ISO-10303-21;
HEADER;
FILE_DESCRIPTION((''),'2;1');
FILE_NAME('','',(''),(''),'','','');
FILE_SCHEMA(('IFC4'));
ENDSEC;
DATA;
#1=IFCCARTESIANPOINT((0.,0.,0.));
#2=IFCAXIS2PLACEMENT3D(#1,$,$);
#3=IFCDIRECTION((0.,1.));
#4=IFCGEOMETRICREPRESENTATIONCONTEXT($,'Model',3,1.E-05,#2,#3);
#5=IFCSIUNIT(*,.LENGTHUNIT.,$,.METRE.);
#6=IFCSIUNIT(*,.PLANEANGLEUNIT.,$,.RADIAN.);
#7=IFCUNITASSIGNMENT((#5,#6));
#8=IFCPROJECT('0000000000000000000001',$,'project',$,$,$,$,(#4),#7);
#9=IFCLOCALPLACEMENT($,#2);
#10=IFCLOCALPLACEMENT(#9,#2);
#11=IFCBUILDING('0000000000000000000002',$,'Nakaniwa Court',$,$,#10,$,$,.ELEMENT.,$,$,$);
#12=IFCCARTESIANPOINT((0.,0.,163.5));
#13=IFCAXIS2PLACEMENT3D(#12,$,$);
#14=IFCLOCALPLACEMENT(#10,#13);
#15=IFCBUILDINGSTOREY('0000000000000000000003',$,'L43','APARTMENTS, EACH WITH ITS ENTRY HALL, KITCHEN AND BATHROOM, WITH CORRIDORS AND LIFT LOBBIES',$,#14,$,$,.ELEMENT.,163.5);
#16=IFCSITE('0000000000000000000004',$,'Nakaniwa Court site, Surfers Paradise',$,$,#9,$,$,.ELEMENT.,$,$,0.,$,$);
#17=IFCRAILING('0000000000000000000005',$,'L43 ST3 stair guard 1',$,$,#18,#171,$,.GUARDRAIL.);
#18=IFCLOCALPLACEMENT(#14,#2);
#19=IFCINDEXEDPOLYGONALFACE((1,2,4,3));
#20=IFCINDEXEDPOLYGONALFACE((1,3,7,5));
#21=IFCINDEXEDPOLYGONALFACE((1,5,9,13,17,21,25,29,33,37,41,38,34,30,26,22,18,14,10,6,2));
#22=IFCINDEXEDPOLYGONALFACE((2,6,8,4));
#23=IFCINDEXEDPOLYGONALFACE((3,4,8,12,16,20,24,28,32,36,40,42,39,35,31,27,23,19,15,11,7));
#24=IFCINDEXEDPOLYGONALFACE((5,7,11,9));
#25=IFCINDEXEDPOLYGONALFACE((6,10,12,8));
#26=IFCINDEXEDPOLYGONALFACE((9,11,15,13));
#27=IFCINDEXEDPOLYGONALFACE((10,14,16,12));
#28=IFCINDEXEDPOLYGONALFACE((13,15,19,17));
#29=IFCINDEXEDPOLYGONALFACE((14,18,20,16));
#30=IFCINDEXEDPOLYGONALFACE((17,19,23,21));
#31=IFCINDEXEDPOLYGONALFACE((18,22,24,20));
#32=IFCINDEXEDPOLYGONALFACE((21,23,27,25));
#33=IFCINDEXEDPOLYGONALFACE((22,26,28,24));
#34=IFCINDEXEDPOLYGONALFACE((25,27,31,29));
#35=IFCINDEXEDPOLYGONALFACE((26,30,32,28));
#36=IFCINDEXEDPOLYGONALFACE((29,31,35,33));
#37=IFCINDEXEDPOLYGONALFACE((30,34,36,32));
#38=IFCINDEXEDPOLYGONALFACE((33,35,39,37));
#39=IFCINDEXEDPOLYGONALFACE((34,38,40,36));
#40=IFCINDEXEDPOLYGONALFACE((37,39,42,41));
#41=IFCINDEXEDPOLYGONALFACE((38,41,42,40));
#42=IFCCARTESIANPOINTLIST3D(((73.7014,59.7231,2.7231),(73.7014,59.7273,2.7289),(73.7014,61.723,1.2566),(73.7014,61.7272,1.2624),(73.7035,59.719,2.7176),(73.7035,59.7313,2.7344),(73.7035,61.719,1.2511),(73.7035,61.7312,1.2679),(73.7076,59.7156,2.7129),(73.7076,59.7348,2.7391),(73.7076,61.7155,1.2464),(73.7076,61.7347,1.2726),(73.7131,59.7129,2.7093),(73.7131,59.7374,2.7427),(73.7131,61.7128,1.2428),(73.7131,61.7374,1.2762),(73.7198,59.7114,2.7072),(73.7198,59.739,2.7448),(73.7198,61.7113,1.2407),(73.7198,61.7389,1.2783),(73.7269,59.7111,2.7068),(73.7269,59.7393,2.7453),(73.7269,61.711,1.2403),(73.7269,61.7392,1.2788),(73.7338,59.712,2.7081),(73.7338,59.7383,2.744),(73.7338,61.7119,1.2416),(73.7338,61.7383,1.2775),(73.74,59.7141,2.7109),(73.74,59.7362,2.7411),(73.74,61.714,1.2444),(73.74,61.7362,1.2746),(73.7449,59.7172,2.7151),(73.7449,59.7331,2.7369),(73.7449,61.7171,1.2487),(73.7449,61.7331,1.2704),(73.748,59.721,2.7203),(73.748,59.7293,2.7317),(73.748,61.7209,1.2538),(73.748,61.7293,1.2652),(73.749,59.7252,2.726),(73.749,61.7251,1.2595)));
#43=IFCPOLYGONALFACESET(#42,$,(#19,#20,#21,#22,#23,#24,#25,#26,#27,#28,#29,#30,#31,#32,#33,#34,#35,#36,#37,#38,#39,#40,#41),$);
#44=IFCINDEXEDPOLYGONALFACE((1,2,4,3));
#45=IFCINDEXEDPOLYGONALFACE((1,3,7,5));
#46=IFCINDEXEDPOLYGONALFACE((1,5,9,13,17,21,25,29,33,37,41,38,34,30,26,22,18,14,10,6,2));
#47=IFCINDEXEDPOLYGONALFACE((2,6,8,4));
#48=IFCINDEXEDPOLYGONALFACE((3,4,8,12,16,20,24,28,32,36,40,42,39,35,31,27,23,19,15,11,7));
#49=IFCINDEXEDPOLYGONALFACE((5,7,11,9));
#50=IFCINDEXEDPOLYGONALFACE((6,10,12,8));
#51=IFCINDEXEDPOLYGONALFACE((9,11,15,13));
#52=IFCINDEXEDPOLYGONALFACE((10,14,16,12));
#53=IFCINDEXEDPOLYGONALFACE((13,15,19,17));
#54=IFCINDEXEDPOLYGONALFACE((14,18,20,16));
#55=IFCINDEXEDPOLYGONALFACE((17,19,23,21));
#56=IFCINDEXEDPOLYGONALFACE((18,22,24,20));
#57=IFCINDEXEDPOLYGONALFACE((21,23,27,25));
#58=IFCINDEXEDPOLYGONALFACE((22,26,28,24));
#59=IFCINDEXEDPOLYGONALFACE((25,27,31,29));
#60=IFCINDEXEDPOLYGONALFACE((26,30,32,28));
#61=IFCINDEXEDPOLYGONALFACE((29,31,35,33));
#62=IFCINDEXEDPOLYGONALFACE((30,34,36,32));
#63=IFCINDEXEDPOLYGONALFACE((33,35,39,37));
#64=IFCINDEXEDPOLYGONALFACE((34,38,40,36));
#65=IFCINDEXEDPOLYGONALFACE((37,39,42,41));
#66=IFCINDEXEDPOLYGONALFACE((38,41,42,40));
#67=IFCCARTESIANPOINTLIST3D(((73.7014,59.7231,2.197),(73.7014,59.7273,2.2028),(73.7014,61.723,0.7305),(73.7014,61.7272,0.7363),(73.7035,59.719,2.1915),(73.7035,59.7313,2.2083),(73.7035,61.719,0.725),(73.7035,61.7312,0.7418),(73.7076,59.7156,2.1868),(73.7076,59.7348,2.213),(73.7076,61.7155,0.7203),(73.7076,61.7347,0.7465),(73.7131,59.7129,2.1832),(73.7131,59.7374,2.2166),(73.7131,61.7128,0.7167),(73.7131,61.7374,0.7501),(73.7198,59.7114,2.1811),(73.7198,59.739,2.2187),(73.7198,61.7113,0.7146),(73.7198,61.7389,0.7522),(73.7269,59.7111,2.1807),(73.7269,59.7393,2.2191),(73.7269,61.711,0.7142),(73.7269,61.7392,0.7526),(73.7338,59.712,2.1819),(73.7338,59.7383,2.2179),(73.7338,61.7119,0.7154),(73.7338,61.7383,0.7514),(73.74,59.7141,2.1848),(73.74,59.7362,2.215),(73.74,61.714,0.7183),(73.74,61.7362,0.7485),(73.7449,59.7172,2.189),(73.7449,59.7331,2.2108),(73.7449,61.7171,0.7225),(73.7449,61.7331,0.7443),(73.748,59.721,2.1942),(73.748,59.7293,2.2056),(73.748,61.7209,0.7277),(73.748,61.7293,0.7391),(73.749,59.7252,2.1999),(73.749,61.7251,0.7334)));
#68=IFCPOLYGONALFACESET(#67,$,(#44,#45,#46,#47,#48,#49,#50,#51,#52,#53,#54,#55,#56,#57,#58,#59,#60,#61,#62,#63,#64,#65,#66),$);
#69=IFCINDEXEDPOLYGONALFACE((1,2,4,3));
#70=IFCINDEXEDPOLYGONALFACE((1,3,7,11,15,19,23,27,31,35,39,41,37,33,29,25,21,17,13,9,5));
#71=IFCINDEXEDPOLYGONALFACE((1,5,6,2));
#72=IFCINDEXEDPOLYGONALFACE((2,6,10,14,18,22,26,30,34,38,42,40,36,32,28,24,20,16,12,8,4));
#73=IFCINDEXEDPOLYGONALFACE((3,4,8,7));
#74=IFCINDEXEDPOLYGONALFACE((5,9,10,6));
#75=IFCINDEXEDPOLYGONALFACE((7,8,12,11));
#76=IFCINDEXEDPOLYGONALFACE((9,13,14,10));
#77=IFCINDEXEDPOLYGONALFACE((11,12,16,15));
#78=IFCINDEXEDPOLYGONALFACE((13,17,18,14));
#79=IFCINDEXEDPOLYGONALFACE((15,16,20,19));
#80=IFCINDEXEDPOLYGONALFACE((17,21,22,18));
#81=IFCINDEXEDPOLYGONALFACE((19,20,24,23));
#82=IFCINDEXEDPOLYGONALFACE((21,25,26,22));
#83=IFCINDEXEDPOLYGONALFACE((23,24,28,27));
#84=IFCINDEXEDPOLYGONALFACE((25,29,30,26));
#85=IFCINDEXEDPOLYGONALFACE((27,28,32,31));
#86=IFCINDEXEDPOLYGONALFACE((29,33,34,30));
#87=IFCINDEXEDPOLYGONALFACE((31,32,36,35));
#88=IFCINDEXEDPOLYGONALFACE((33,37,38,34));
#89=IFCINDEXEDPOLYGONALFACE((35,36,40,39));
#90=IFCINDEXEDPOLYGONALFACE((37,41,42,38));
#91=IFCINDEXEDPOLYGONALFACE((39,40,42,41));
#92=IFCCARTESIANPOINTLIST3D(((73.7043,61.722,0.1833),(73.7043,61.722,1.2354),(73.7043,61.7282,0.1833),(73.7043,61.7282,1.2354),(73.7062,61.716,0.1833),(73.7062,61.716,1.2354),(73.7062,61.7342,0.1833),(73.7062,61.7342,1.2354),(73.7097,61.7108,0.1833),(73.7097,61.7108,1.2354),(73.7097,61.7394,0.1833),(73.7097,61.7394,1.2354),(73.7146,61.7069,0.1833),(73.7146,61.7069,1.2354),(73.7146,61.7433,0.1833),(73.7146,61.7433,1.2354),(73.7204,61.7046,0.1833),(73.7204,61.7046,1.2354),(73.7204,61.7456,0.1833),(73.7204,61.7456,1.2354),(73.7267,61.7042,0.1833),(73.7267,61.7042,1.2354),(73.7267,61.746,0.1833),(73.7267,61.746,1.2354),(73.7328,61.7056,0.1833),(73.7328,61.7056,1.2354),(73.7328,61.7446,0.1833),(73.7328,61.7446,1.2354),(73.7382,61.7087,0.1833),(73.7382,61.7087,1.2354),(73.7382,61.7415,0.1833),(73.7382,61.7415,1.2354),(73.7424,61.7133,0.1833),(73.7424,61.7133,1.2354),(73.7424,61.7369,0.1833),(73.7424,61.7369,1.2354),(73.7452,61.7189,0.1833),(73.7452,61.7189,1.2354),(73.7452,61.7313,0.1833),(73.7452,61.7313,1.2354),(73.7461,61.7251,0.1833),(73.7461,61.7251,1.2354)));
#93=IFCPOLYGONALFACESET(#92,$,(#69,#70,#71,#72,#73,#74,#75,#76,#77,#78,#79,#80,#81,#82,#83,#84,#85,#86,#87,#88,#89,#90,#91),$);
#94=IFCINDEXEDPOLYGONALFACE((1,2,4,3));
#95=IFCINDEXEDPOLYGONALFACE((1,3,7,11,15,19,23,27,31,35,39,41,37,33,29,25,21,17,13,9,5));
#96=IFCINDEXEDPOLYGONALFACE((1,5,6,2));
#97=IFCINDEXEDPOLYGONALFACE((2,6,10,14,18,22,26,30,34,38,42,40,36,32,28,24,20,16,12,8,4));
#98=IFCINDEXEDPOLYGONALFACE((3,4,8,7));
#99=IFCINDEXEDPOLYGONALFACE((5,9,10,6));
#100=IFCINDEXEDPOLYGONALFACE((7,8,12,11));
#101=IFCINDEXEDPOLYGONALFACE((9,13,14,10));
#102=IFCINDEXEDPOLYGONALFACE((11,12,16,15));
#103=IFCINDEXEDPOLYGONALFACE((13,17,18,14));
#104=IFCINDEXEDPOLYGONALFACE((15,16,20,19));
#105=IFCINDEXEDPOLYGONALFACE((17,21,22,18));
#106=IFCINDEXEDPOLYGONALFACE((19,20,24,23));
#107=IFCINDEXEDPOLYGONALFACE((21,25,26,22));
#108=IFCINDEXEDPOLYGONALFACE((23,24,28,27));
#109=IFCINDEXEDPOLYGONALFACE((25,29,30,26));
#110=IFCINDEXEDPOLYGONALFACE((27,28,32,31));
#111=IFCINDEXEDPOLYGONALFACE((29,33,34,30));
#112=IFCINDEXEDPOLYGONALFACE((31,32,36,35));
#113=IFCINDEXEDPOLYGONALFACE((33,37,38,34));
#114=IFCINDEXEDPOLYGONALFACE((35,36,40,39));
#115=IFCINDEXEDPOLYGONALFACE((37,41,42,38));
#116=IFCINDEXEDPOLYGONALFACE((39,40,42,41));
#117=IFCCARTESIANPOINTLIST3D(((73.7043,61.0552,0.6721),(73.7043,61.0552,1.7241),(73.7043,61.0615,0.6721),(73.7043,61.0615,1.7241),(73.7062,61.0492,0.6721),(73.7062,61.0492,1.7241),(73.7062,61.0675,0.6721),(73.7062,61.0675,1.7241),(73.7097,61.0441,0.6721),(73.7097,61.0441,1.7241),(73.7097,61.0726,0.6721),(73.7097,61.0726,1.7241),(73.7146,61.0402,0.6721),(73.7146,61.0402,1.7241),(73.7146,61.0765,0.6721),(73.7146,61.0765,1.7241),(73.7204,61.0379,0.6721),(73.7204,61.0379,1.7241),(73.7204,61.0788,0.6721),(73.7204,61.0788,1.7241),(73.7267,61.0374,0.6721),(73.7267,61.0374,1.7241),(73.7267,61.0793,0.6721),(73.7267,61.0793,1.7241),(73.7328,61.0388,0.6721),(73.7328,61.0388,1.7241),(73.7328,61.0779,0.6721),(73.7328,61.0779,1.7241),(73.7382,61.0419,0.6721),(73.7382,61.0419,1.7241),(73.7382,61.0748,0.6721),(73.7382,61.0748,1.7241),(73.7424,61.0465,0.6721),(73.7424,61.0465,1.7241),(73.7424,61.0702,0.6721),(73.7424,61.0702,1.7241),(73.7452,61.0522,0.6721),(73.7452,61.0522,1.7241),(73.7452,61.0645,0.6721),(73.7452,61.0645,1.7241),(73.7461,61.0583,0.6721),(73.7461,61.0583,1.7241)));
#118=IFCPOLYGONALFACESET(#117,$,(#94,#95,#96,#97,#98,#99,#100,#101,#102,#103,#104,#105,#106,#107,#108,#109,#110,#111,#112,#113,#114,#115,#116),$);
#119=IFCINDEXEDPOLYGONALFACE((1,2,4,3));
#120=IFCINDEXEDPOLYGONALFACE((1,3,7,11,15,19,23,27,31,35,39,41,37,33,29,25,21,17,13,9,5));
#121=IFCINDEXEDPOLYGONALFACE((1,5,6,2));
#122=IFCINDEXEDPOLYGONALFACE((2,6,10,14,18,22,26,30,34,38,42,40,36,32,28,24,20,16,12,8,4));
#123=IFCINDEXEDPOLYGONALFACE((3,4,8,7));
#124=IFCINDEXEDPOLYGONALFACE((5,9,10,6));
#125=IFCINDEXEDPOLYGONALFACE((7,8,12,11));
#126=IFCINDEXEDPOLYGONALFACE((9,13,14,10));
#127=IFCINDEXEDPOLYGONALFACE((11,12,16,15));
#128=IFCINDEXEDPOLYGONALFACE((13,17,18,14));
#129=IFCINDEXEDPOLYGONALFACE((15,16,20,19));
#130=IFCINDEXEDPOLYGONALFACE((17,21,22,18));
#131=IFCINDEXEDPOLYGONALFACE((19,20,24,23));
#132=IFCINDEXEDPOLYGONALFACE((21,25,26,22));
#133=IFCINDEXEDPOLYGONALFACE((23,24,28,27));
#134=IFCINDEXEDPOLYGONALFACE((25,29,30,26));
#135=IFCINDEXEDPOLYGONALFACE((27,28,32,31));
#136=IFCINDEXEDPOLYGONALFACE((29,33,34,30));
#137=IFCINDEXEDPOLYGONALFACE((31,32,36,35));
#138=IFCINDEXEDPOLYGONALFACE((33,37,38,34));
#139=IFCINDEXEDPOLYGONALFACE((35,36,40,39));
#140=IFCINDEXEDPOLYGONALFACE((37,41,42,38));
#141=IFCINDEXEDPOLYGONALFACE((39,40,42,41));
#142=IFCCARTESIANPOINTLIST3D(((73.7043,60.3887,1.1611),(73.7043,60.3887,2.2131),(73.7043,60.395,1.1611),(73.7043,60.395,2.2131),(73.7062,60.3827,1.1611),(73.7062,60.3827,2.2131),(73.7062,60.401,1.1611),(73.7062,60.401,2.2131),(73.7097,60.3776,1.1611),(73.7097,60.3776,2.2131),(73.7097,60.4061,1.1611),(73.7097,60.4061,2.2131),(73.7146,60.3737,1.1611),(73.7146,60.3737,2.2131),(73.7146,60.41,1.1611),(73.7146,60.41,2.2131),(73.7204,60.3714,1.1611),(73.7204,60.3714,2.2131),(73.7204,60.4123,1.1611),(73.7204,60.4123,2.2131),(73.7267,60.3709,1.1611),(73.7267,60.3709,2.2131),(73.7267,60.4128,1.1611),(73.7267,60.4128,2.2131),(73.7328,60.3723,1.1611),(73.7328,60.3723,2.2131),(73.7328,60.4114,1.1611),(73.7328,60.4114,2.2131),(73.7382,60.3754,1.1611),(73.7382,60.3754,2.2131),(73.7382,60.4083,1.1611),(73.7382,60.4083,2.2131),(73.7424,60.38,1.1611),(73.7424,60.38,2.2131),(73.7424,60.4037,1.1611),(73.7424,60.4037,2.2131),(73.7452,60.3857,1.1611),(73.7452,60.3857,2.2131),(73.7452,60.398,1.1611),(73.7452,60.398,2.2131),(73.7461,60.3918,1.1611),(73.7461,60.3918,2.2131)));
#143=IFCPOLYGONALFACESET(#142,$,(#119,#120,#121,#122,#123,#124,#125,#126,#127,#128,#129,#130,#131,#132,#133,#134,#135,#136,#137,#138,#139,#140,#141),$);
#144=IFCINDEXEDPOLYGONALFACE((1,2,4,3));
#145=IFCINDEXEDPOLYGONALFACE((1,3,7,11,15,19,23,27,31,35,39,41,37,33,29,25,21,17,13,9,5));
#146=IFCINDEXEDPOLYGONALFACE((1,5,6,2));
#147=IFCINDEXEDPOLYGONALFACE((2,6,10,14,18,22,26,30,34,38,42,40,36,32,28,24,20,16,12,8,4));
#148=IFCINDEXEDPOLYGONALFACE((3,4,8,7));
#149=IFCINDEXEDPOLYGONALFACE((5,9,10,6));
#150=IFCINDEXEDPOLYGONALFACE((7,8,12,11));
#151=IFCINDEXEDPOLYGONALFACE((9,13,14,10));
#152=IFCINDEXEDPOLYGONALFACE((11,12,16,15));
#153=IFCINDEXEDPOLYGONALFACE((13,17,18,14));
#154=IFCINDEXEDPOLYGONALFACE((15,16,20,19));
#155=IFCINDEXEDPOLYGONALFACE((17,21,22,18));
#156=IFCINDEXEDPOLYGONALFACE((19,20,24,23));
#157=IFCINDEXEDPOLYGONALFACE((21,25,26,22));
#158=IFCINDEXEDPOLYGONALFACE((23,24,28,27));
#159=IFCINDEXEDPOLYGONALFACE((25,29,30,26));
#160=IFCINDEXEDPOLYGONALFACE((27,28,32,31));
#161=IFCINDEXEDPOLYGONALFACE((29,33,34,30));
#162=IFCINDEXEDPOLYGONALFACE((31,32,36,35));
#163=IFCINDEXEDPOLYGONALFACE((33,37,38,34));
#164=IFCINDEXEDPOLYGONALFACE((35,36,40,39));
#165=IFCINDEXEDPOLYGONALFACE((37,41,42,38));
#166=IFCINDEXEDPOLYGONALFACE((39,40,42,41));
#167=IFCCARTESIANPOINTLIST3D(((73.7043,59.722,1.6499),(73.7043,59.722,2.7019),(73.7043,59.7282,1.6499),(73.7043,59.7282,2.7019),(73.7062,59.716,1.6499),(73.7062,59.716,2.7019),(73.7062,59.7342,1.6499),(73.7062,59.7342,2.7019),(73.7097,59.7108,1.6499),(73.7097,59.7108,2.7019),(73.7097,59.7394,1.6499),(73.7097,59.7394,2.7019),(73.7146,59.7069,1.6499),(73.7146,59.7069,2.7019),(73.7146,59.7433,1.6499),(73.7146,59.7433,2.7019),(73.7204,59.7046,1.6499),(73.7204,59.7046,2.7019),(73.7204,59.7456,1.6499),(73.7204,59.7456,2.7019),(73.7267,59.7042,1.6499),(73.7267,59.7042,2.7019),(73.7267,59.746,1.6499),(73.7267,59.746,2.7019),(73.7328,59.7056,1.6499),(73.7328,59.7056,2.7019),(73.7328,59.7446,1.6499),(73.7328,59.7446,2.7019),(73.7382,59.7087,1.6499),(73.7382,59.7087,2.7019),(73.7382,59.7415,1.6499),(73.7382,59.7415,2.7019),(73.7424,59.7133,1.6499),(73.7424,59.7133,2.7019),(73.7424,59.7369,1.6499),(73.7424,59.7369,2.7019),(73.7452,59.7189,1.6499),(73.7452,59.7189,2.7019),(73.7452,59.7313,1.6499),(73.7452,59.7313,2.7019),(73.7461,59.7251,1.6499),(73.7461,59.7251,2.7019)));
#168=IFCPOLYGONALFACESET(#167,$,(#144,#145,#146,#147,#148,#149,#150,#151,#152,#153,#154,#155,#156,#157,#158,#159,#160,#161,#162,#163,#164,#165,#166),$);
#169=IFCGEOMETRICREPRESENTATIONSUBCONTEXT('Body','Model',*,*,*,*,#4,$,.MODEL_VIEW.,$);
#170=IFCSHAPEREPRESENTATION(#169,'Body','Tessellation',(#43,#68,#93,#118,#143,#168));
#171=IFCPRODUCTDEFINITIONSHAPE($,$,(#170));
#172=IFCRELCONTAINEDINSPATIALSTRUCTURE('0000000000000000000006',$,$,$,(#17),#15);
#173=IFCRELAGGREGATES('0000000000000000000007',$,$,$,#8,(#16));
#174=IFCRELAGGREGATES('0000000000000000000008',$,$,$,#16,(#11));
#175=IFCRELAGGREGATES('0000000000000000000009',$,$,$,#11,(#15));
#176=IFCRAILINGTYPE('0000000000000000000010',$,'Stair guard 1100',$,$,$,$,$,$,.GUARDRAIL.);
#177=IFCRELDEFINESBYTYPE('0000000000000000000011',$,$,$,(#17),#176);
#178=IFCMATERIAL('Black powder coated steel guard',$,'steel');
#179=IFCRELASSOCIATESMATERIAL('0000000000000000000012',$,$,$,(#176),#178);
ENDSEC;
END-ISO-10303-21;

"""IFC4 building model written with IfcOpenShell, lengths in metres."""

from ifc_helpers import new_model, si_unit, direction, frame, origin, origin_2d, place, context, subcontext, project, spatial, circle, extrude, material, type_object, element, save


model = new_model("IFC4")

# Units and contexts
model_context = context("Model", 3, precision=1e-05, world=origin(), true_north=direction((0.0, 1.0)))
body_context = subcontext(model_context, "Body", "Model", "MODEL_VIEW")
ifc_project = project(units=[si_unit("LENGTHUNIT", "METRE"), si_unit("PLANEANGLEUNIT", "RADIAN")], contexts=[model_context])

# Site, building, storey
site_placement = place(None, origin())
site = spatial("IfcSite", under=ifc_project, at=site_placement, Name="Nakaniwa Court site, Surfers Paradise", CompositionType="ELEMENT", RefElevation=0.0)
building_placement = place(site_placement, origin())
building = spatial("IfcBuilding", under=site, at=building_placement, Name="Nakaniwa Court", CompositionType="ELEMENT")
storey_placement = place(building_placement, frame((0.0, 0.0, 163.5)))
storey = spatial("IfcBuildingStorey", under=building, at=storey_placement, Name="L43", Description="APARTMENTS, EACH WITH ITS ENTRY HALL, KITCHEN AND BATHROOM, WITH CORRIDORS AND LIFT LOBBIES", CompositionType="ELEMENT", Elevation=163.5)

# Railing
ifc_material_1 = material(Name="Black powder coated steel guard", Category="steel")
railing_type_1 = type_object("IfcRailingType", Name="Stair guard 1100", PredefinedType="GUARDRAIL", material=ifc_material_1)
railing_1_placement = place(storey_placement, frame((73.7251, 61.7251, 0.1833)))
element("IfcRailing", 1, at=railing_1_placement, inside=storey, type_object=railing_type_1, Name="L43 ST3 stair guard 1", PredefinedType="GUARDRAIL", context=body_context, shape_type="SweptSolid", body=[
    extrude(circle(Radius=0.0239, at=origin_2d()), frame((0.0, 0.0, 1.0762), z_axis=(0.0, -0.806427, 0.591334), x_axis=(1.0, 0.0, 0.0)), (0.0, 0.0, 1.0), 2.48),
    extrude(circle(Radius=0.0239, at=origin_2d()), frame((0.0, 0.0, 0.55), z_axis=(0.0, -0.806427, 0.591334), x_axis=(1.0, 0.0, 0.0)), (0.0, 0.0, 1.0), 2.48),
    extrude(circle(Radius=0.021, at=origin_2d()), origin(), (0.0, 0.0, 1.0), 1.052),
    extrude(circle(Radius=0.021, at=origin_2d()), frame((0.0, -0.6667, 0.4888)), (0.0, 0.0, 1.0), 1.052),
    extrude(circle(Radius=0.021, at=origin_2d()), frame((0.0, -1.3333, 0.9778)), (0.0, 0.0, 1.0), 1.052),
    extrude(circle(Radius=0.021, at=origin_2d()), frame((0.0, -2.0, 1.4666)), (0.0, 0.0, 1.0), 1.052),
])

save(model, "model.ifc")
